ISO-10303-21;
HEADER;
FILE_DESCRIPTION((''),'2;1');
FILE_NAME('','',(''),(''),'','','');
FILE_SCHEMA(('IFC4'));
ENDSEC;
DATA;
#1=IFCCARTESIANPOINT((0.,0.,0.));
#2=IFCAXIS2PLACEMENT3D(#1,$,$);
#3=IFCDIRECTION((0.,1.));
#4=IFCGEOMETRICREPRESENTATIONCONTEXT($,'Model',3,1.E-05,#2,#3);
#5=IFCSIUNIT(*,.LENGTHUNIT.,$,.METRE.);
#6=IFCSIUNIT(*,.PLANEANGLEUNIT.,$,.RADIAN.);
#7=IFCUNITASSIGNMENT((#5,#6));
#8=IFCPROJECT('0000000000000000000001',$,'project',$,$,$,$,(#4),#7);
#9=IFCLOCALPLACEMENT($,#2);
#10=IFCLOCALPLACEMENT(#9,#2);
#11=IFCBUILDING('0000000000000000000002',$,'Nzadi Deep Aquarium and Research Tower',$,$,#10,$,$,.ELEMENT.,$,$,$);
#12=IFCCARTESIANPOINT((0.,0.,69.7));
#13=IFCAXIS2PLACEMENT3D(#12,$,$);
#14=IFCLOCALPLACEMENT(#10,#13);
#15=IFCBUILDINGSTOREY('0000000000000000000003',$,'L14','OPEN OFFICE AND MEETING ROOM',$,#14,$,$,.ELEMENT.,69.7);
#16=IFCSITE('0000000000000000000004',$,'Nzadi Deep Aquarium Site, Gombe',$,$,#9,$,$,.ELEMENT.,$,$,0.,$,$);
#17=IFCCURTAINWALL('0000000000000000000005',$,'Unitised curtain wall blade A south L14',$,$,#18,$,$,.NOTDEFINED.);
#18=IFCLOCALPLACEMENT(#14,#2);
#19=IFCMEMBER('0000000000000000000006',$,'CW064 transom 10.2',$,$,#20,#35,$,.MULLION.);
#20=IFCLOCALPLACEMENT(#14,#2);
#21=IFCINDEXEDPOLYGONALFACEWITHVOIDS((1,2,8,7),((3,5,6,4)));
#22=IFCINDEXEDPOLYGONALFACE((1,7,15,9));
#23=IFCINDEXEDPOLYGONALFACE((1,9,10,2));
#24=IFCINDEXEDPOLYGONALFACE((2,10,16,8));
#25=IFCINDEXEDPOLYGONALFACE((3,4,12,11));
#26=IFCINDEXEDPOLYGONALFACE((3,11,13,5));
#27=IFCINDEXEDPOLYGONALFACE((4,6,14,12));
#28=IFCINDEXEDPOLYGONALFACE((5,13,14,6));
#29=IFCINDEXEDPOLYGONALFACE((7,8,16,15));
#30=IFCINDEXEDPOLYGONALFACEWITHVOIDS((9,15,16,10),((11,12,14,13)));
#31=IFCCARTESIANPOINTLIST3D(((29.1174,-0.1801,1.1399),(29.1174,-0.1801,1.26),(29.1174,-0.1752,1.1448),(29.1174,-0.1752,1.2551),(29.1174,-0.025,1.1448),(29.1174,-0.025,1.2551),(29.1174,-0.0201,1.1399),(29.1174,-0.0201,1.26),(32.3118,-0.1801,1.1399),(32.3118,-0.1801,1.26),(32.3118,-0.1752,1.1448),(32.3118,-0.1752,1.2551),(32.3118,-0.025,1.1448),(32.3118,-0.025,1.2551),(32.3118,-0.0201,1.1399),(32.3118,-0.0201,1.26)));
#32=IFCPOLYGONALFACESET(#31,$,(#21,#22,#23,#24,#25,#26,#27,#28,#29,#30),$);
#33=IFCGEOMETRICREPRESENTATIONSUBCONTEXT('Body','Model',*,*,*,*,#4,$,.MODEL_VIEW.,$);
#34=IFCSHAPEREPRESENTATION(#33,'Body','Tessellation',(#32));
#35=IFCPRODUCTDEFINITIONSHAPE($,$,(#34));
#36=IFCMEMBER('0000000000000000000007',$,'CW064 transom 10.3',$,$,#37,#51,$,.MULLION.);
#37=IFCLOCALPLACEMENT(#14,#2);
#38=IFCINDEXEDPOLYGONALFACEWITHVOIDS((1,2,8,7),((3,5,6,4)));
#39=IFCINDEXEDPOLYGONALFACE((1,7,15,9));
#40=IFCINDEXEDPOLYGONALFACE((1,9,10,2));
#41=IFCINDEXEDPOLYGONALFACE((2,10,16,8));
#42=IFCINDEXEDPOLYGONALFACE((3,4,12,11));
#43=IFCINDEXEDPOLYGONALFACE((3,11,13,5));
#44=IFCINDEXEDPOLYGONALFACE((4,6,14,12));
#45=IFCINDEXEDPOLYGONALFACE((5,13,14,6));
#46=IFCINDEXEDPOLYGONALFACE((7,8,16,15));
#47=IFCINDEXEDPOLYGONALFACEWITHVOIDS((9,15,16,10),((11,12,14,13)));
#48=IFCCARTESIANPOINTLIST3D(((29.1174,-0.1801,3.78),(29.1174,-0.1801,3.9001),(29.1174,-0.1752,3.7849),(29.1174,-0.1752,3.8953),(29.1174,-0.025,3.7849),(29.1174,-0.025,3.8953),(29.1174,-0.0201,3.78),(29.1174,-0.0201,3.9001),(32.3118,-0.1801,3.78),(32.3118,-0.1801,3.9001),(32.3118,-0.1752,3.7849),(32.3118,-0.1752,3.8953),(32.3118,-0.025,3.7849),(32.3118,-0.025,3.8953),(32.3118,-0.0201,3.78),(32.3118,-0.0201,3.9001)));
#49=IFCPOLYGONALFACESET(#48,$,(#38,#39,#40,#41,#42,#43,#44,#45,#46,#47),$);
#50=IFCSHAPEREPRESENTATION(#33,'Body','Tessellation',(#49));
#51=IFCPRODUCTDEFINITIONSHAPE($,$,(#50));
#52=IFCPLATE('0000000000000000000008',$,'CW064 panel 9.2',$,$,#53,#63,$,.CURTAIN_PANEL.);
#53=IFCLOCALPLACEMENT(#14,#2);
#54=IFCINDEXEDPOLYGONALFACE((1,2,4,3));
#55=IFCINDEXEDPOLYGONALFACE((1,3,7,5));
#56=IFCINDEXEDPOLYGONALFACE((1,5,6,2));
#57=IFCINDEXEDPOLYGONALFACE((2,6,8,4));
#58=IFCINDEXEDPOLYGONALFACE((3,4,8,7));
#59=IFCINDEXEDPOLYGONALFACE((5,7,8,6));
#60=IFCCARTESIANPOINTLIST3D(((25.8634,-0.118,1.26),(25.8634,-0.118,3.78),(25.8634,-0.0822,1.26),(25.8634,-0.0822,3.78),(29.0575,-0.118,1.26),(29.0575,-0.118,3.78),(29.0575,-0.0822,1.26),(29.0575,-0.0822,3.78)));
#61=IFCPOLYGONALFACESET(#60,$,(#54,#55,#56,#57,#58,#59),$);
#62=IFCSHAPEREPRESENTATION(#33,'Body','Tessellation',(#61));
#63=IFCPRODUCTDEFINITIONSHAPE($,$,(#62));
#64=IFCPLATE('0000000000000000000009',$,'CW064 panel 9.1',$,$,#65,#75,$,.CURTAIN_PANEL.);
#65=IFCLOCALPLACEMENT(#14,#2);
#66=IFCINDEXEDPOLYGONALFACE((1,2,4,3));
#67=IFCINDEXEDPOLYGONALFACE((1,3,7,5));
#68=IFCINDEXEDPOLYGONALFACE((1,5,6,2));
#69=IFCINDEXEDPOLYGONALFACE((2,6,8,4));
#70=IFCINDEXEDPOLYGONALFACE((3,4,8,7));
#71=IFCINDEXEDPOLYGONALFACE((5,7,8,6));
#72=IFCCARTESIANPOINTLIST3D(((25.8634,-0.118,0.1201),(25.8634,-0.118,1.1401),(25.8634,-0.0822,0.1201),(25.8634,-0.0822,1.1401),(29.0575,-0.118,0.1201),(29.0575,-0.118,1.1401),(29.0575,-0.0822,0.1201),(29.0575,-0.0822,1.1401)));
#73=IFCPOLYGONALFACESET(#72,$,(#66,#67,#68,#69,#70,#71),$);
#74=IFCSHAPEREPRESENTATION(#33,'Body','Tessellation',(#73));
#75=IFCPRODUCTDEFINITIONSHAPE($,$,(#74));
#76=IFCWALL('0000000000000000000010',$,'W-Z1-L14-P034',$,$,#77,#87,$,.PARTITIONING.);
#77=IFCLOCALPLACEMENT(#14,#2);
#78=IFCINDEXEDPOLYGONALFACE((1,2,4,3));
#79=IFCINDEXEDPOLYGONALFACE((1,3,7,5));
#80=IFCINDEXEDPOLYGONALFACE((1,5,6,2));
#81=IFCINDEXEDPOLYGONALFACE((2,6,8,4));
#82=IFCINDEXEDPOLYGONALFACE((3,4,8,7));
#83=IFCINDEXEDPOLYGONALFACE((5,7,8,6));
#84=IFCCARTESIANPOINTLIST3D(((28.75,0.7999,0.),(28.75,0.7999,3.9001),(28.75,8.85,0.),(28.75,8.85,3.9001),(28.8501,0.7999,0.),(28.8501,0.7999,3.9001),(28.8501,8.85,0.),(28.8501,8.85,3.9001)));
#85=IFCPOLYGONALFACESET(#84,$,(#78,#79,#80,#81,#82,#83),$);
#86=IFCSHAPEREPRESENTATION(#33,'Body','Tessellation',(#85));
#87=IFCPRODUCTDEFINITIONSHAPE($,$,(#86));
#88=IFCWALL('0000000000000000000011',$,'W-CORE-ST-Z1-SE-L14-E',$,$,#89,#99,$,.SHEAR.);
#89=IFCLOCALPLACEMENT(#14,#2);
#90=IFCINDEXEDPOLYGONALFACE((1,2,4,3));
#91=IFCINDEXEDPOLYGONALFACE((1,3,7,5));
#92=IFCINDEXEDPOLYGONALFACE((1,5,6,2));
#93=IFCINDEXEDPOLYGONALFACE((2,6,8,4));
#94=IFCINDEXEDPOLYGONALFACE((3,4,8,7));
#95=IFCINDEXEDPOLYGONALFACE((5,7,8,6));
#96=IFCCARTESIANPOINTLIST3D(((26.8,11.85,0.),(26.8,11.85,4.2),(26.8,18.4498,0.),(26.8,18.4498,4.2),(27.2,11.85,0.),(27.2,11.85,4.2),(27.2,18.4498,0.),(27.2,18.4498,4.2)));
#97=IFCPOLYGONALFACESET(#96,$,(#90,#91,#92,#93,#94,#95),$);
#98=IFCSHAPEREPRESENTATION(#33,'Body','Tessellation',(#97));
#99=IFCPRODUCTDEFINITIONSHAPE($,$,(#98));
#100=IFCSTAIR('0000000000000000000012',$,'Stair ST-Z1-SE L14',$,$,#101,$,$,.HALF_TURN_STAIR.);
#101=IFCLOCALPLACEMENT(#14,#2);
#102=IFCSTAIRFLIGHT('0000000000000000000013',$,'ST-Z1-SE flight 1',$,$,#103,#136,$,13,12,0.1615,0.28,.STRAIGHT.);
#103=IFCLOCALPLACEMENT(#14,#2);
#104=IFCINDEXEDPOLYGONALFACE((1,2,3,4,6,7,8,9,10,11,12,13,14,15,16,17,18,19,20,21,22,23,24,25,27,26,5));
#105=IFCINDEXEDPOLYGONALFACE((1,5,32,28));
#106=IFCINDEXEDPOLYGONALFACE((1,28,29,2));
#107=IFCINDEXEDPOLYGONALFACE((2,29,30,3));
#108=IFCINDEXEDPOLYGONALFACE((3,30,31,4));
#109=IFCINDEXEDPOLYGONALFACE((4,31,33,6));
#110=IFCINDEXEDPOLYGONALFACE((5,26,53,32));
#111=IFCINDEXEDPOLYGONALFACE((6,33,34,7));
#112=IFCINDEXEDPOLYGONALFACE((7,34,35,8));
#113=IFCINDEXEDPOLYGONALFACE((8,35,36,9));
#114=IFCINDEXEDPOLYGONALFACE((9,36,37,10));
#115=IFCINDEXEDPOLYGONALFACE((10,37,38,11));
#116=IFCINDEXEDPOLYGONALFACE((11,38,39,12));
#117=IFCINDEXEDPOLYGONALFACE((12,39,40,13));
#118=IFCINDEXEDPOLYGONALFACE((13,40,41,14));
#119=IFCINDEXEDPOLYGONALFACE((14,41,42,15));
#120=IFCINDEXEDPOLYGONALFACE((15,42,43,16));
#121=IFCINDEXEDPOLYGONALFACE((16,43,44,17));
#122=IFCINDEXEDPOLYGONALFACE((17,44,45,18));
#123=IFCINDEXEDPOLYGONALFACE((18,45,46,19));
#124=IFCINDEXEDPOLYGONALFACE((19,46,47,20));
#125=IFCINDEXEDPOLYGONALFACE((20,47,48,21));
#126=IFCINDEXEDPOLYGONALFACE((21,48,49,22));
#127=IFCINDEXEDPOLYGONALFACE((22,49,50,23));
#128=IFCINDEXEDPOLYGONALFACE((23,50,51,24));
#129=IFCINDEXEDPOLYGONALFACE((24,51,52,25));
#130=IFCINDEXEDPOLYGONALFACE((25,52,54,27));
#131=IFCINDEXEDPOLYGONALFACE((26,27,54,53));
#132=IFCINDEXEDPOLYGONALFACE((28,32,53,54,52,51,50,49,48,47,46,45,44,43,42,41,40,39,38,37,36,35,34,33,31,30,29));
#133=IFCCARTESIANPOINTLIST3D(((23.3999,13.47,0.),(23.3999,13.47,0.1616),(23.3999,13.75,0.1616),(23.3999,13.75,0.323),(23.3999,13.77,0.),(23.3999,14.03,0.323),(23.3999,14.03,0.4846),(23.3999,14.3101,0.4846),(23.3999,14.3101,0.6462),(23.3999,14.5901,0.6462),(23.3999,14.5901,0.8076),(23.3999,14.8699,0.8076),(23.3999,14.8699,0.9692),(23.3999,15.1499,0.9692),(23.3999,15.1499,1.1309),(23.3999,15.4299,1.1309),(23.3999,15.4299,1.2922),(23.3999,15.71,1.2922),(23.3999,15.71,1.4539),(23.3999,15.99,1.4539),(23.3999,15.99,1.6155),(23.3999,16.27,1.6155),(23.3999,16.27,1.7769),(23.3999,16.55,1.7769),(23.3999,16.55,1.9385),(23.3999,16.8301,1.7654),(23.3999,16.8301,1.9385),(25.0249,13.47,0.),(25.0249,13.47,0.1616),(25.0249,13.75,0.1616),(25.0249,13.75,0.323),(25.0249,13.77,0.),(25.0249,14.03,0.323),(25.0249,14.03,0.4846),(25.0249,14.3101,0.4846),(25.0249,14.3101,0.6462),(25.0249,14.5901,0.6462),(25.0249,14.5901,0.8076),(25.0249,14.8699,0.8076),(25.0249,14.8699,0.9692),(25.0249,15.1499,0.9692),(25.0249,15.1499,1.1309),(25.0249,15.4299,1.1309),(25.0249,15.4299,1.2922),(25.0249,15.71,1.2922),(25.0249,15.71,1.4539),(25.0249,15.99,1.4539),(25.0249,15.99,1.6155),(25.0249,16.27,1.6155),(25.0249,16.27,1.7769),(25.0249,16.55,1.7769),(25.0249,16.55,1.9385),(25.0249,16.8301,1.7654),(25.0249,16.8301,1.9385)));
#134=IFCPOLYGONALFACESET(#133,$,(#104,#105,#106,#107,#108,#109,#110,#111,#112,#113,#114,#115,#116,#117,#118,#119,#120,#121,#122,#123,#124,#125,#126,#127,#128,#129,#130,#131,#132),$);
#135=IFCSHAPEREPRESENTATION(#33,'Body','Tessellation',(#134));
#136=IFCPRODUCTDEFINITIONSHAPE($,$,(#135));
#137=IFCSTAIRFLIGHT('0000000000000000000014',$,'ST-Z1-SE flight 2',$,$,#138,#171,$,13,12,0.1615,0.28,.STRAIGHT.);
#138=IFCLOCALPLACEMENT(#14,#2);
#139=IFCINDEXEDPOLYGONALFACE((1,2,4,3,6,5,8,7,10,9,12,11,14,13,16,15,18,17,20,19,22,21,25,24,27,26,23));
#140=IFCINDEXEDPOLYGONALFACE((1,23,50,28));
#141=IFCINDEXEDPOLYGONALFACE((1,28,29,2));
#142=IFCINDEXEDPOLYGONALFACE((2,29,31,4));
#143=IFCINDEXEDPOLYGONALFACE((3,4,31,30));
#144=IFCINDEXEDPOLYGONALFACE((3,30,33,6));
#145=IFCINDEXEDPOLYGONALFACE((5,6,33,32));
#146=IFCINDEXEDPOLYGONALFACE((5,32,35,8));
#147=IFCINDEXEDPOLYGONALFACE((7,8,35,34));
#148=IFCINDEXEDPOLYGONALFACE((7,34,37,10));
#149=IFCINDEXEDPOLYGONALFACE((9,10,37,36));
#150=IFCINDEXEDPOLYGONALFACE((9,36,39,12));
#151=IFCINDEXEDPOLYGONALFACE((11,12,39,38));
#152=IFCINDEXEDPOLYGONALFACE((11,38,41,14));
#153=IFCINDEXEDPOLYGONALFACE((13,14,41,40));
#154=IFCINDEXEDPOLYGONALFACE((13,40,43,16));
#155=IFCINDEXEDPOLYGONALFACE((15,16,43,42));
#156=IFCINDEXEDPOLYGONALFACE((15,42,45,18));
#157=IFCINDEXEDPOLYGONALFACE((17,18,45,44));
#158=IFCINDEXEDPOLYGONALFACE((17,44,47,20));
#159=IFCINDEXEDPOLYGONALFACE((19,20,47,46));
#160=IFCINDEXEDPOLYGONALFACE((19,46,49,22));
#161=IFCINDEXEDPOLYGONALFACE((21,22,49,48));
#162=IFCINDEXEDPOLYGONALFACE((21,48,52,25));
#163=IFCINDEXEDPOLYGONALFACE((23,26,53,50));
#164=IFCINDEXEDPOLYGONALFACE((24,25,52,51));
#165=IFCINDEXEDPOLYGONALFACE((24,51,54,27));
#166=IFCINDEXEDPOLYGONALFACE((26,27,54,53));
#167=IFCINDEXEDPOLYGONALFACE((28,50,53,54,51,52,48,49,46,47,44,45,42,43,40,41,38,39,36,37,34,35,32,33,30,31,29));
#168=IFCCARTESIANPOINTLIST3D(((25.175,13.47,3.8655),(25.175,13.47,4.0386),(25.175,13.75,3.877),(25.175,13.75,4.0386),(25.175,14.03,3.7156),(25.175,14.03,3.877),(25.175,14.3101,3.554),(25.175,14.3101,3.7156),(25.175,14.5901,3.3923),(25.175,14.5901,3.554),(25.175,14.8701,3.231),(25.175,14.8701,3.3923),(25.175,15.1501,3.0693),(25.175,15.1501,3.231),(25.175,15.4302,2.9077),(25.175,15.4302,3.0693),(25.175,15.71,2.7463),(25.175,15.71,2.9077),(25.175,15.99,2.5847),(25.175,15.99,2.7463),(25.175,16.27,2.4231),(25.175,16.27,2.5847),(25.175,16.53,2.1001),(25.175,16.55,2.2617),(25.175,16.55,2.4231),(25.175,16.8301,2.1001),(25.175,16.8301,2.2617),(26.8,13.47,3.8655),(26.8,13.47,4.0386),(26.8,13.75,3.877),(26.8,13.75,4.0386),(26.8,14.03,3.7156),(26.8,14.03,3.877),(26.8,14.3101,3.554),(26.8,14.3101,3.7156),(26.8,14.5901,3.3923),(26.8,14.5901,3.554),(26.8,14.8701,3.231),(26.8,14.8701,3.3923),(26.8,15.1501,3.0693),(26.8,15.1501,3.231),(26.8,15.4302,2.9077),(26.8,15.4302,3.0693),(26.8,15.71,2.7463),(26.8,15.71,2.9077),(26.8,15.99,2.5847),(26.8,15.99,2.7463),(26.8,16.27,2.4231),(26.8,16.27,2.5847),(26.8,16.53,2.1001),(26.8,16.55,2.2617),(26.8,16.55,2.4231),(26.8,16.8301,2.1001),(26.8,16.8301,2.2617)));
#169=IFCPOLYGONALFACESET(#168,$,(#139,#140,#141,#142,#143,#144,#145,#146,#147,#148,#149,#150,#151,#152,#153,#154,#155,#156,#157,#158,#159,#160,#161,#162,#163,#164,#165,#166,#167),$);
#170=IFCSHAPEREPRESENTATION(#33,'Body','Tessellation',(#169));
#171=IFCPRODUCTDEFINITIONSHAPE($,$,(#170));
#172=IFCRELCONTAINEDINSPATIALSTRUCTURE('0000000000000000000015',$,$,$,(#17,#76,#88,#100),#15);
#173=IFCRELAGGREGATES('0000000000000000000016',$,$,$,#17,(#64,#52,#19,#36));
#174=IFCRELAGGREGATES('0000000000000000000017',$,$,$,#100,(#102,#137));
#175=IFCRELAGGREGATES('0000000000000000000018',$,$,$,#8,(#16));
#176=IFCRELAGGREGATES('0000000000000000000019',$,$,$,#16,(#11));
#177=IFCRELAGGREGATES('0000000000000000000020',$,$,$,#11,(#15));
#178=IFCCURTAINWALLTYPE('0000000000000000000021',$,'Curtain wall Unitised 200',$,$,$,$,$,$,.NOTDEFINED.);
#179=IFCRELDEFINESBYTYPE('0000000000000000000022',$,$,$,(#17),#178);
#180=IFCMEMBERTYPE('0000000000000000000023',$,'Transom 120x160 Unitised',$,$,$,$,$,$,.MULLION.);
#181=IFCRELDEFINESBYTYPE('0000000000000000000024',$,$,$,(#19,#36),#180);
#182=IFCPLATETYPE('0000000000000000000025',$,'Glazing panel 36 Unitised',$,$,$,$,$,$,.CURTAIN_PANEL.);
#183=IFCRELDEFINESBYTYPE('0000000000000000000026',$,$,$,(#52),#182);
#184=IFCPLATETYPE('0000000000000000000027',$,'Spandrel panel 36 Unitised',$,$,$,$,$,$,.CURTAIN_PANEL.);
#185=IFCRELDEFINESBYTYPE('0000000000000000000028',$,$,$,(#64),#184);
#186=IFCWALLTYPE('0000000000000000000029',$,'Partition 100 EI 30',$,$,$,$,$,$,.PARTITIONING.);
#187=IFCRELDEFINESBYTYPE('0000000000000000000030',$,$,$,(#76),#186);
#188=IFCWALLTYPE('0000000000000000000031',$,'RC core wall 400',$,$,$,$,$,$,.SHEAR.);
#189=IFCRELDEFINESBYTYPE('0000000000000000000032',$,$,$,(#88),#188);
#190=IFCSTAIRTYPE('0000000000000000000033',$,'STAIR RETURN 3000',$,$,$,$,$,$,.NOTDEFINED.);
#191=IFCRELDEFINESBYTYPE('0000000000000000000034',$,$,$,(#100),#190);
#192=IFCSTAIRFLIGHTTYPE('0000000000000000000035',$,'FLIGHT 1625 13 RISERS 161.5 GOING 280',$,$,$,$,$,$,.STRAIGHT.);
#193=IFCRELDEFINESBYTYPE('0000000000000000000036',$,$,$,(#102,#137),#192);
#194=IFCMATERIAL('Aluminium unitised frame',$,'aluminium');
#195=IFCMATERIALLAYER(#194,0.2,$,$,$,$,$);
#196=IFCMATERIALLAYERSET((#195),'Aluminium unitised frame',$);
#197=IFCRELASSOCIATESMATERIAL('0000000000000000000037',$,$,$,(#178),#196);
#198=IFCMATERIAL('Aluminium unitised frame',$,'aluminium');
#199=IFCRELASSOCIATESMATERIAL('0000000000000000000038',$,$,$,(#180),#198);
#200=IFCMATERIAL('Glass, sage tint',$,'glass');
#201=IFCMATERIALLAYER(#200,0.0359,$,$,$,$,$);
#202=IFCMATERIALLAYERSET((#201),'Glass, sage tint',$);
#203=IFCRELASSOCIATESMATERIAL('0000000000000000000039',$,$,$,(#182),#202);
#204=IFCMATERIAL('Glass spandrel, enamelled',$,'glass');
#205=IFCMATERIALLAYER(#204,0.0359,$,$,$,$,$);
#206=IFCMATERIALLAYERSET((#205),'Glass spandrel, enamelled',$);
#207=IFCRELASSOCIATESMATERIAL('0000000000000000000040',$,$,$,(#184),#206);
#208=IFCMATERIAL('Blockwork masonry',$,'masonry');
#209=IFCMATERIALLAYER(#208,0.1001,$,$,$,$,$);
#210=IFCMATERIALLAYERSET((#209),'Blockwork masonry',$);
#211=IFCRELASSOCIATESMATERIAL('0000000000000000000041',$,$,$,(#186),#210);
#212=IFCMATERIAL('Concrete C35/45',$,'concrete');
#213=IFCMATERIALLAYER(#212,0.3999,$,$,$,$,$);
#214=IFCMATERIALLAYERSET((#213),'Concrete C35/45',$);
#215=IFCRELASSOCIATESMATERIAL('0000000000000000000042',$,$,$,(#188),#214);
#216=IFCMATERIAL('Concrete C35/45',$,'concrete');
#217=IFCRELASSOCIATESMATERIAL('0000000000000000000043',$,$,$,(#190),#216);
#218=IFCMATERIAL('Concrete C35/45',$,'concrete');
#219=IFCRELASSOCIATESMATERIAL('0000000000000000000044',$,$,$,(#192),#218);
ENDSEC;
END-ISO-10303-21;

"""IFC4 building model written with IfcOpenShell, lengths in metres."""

from ifc_helpers import new_model, si_unit, direction, frame, frame_2d, origin, origin_2d, place, context, subcontext, project, spatial, polyline, rectangle, hollow_rectangle, outline, extrude, material, layer, layer_set, material_profile, profile_set, type_object, element, aggregate, save


model = new_model("IFC4")

# Units and contexts
model_context = context("Model", 3, precision=1e-05, world=origin(), true_north=direction((0.0, 1.0)))
body_context = subcontext(model_context, "Body", "Model", "MODEL_VIEW")
ifc_project = project(units=[si_unit("LENGTHUNIT", "METRE"), si_unit("PLANEANGLEUNIT", "RADIAN")], contexts=[model_context])

# Site, building, storey
site_placement = place(None, origin())
site = spatial("IfcSite", under=ifc_project, at=site_placement, Name="Nzadi Deep Aquarium Site, Gombe", CompositionType="ELEMENT", RefElevation=0.0)
building_placement = place(site_placement, origin())
building = spatial("IfcBuilding", under=site, at=building_placement, Name="Nzadi Deep Aquarium and Research Tower", CompositionType="ELEMENT")
storey_placement = place(building_placement, frame((0.0, 0.0, 69.7)))
storey = spatial("IfcBuildingStorey", under=building, at=storey_placement, Name="L14", Description="OPEN OFFICE AND MEETING ROOM", CompositionType="ELEMENT", Elevation=69.7)

# Curtain wall
ifc_material_1 = material(Name="Aluminium unitised frame", Category="aluminium")
ifc_layer_1 = layer(ifc_material_1, 0.2)
ifc_layer_set_1 = layer_set([ifc_layer_1], Name="Aluminium unitised frame")
curtain_wall_type = type_object("IfcCurtainWallType", Name="Curtain wall Unitised 200", PredefinedType="NOTDEFINED", material=ifc_layer_set_1)
curtain_wall_placement = place(storey_placement, origin())
curtain_wall = element("IfcCurtainWall", 1, at=curtain_wall_placement, inside=storey, type_object=curtain_wall_type, Name="Unitised curtain wall blade A south L14", PredefinedType="NOTDEFINED")

# Members
ifc_material_2 = material(Name="Aluminium unitised frame", Category="aluminium")
ifc_material_profile_1 = material_profile(ifc_material_2, hollow_rectangle(XDim=0.1599, YDim=0.1201, WallThickness=0.0049, at=origin_2d()))
ifc_profile_set_1 = profile_set([ifc_material_profile_1], Name="Aluminium unitised frame")
member_type_1 = type_object("IfcMemberType", Name="Transom 120x160 Unitised", PredefinedType="MULLION", material=ifc_profile_set_1)
member_1_placement = place(storey_placement, frame((29.1174, -0.1001, 1.2), z_axis=(1.0, 0.0, 0.0), x_axis=(0.0, 1.0, 0.0)))
member_1 = element("IfcMember", 2, at=member_1_placement, type_object=member_type_1, Name="CW064 transom 10.2", PredefinedType="MULLION", context=body_context, shape_type="SweptSolid", body=[
    extrude(hollow_rectangle(XDim=0.1599, YDim=0.1201, WallThickness=0.0049, at=origin_2d()), origin(), (0.0, 0.0, 1.0), 3.1943),
])
member_2_placement = place(storey_placement, frame((29.1174, -0.1001, 3.8401), z_axis=(1.0, 0.0, 0.0), x_axis=(0.0, 1.0, 0.0)))
member_2 = element("IfcMember", 3, at=member_2_placement, type_object=member_type_1, Name="CW064 transom 10.3", PredefinedType="MULLION", context=body_context, shape_type="SweptSolid", body=[
    extrude(hollow_rectangle(XDim=0.1599, YDim=0.1201, WallThickness=0.0049, at=origin_2d()), origin(), (0.0, 0.0, 1.0), 3.1943),
])

# Plates
ifc_material_3 = material(Name="Glass, sage tint", Category="glass")
ifc_layer_2 = layer(ifc_material_3, 0.0359)
ifc_layer_set_2 = layer_set([ifc_layer_2], Name="Glass, sage tint")
plate_type_1 = type_object("IfcPlateType", Name="Glazing panel 36 Unitised", PredefinedType="CURTAIN_PANEL", material=ifc_layer_set_2)
plate_1_placement = place(storey_placement, frame((27.4604, -0.1001, 1.26), z_axis=(0.0, 0.0, 1.0), x_axis=(1.0, 0.0, 0.0)))
plate_1 = element("IfcPlate", 4, at=plate_1_placement, type_object=plate_type_1, Name="CW064 panel 9.2", PredefinedType="CURTAIN_PANEL", context=body_context, shape_type="SweptSolid", body=[
    extrude(rectangle(XDim=3.1941, YDim=0.0359, at=origin_2d()), origin(), (0.0, 0.0, 1.0), 2.52),
])
ifc_material_4 = material(Name="Glass spandrel, enamelled", Category="glass")
ifc_layer_3 = layer(ifc_material_4, 0.0359)
ifc_layer_set_3 = layer_set([ifc_layer_3], Name="Glass spandrel, enamelled")
plate_type_2 = type_object("IfcPlateType", Name="Spandrel panel 36 Unitised", PredefinedType="CURTAIN_PANEL", material=ifc_layer_set_3)
plate_2_placement = place(storey_placement, frame((27.4604, -0.1001, 0.1201), z_axis=(0.0, 0.0, 1.0), x_axis=(1.0, 0.0, 0.0)))
plate_2 = element("IfcPlate", 5, at=plate_2_placement, type_object=plate_type_2, Name="CW064 panel 9.1", PredefinedType="CURTAIN_PANEL", context=body_context, shape_type="SweptSolid", body=[
    extrude(rectangle(XDim=3.1941, YDim=0.0359, at=origin_2d()), origin(), (0.0, 0.0, 1.0), 1.02),
])
aggregate(curtain_wall, [plate_2, plate_1, member_1, member_2])

# Walls
ifc_material_5 = material(Name="Blockwork masonry", Category="masonry")
ifc_layer_4 = layer(ifc_material_5, 0.1001)
ifc_layer_set_4 = layer_set([ifc_layer_4], Name="Blockwork masonry")
wall_type_1 = type_object("IfcWallType", Name="Partition 100 EI 30", PredefinedType="PARTITIONING", material=ifc_layer_set_4)
wall_1_placement = place(storey_placement, frame((28.8, 0.8, 0.0), z_axis=(0.0, 0.0, 1.0), x_axis=(0.0, 1.0, 0.0)))
element("IfcWall", 6, at=wall_1_placement, inside=storey, type_object=wall_type_1, Name="W-Z1-L14-P034", PredefinedType="PARTITIONING", context=body_context, shape_type="SweptSolid", body=[
    extrude(rectangle(XDim=8.05, YDim=0.1001, at=frame_2d((4.0249, 0.0))), origin(), (0.0, 0.0, 1.0), 3.9001),
])
ifc_material_6 = material(Name="Concrete C35/45", Category="concrete")
ifc_layer_5 = layer(ifc_material_6, 0.3999)
ifc_layer_set_5 = layer_set([ifc_layer_5], Name="Concrete C35/45")
wall_type_2 = type_object("IfcWallType", Name="RC core wall 400", PredefinedType="SHEAR", material=ifc_layer_set_5)
wall_2_placement = place(storey_placement, frame((27.0, 11.8501, 0.0), z_axis=(0.0, 0.0, 1.0), x_axis=(0.0, 1.0, 0.0)))
element("IfcWall", 7, at=wall_2_placement, inside=storey, type_object=wall_type_2, Name="W-CORE-ST-Z1-SE-L14-E", PredefinedType="SHEAR", context=body_context, shape_type="SweptSolid", body=[
    extrude(rectangle(XDim=6.5999, YDim=0.3999, at=frame_2d((3.2998, 0.0))), origin(), (0.0, 0.0, 1.0), 4.2),
])

# Stair, stair flights
ifc_material_7 = material(Name="Concrete C35/45", Category="concrete")
stair_type = type_object("IfcStairType", Name="STAIR RETURN 3000", PredefinedType="NOTDEFINED", material=ifc_material_7)
stair_placement = place(storey_placement, origin())
stair = element("IfcStair", 8, at=stair_placement, inside=storey, type_object=stair_type, Name="Stair ST-Z1-SE L14", PredefinedType="HALF_TURN_STAIR")
ifc_material_8 = material(Name="Concrete C35/45", Category="concrete")
stair_flight_type = type_object("IfcStairFlightType", Name="FLIGHT 1625 13 RISERS 161.5 GOING 280", PredefinedType="STRAIGHT", material=ifc_material_8)
stair_flight_1_placement = place(storey_placement, frame((24.2124, 13.47, 0.0), z_axis=(0.0, 0.0, 1.0), x_axis=(0.0, 1.0, 0.0)))
stair_flight_1 = element("IfcStairFlight", 9, at=stair_flight_1_placement, type_object=stair_flight_type, Name="ST-Z1-SE flight 1", NumberOfRisers=13, NumberOfTreads=12, PredefinedType="STRAIGHT", RiserHeight=0.1615, TreadLength=0.28, context=body_context, shape_type="SweptSolid", body=[
    extrude(outline(polyline([(0.0, 0.0), (0.0, 0.1616), (0.28, 0.1616), (0.28, 0.323), (0.5601, 0.323), (0.5601, 0.4846), (0.8401, 0.4846), (0.8401, 0.6462), (1.1201, 0.6462), (1.1201, 0.8076), (1.3999, 0.8076), (1.3999, 0.9692), (1.6799, 0.9692), (1.6799, 1.1309), (1.96, 1.1309), (1.96, 1.2922), (2.24, 1.2922), (2.24, 1.4539), (2.52, 1.4539), (2.52, 1.6155), (2.8, 1.6155), (2.8, 1.7769), (3.0801, 1.7769), (3.0801, 1.9385), (3.3601, 1.9385), (3.3601, 2.1001), (3.3601, 1.7654), (0.3, 0.0), (0.0, 0.0)])), frame((0.0, 0.8125, 0.0), z_axis=(0.0, -1.0, 0.0), x_axis=(1.0, 0.0, 0.0)), (0.0, 0.0, 1.0), 1.625),
])
stair_flight_2_placement = place(storey_placement, frame((25.9875, 16.8301, 2.1001), z_axis=(0.0, 0.0, 1.0), x_axis=(0.0, -1.0, 0.0)))
stair_flight_2 = element("IfcStairFlight", 10, at=stair_flight_2_placement, type_object=stair_flight_type, Name="ST-Z1-SE flight 2", NumberOfRisers=13, NumberOfTreads=12, PredefinedType="STRAIGHT", RiserHeight=0.1615, TreadLength=0.28, context=body_context, shape_type="SweptSolid", body=[
    extrude(outline(polyline([(0.0, 0.0), (0.0, 0.1616), (0.28, 0.1616), (0.28, 0.323), (0.5601, 0.323), (0.5601, 0.4846), (0.8401, 0.4846), (0.8401, 0.6462), (1.1201, 0.6462), (1.1201, 0.8076), (1.3999, 0.8076), (1.3999, 0.9692), (1.6799, 0.9692), (1.6799, 1.1309), (1.96, 1.1309), (1.96, 1.2922), (2.24, 1.2922), (2.24, 1.4539), (2.52, 1.4539), (2.52, 1.6155), (2.8, 1.6155), (2.8, 1.7769), (3.0801, 1.7769), (3.0801, 1.9385), (3.3601, 1.9385), (3.3601, 2.1001), (3.3601, 1.7654), (0.3, 0.0), (0.0, 0.0)])), frame((0.0, 0.8125, 0.0), z_axis=(0.0, -1.0, 0.0), x_axis=(1.0, 0.0, 0.0)), (0.0, 0.0, 1.0), 1.625),
])
aggregate(stair, [stair_flight_1, stair_flight_2])

save(model, "model.ifc")
